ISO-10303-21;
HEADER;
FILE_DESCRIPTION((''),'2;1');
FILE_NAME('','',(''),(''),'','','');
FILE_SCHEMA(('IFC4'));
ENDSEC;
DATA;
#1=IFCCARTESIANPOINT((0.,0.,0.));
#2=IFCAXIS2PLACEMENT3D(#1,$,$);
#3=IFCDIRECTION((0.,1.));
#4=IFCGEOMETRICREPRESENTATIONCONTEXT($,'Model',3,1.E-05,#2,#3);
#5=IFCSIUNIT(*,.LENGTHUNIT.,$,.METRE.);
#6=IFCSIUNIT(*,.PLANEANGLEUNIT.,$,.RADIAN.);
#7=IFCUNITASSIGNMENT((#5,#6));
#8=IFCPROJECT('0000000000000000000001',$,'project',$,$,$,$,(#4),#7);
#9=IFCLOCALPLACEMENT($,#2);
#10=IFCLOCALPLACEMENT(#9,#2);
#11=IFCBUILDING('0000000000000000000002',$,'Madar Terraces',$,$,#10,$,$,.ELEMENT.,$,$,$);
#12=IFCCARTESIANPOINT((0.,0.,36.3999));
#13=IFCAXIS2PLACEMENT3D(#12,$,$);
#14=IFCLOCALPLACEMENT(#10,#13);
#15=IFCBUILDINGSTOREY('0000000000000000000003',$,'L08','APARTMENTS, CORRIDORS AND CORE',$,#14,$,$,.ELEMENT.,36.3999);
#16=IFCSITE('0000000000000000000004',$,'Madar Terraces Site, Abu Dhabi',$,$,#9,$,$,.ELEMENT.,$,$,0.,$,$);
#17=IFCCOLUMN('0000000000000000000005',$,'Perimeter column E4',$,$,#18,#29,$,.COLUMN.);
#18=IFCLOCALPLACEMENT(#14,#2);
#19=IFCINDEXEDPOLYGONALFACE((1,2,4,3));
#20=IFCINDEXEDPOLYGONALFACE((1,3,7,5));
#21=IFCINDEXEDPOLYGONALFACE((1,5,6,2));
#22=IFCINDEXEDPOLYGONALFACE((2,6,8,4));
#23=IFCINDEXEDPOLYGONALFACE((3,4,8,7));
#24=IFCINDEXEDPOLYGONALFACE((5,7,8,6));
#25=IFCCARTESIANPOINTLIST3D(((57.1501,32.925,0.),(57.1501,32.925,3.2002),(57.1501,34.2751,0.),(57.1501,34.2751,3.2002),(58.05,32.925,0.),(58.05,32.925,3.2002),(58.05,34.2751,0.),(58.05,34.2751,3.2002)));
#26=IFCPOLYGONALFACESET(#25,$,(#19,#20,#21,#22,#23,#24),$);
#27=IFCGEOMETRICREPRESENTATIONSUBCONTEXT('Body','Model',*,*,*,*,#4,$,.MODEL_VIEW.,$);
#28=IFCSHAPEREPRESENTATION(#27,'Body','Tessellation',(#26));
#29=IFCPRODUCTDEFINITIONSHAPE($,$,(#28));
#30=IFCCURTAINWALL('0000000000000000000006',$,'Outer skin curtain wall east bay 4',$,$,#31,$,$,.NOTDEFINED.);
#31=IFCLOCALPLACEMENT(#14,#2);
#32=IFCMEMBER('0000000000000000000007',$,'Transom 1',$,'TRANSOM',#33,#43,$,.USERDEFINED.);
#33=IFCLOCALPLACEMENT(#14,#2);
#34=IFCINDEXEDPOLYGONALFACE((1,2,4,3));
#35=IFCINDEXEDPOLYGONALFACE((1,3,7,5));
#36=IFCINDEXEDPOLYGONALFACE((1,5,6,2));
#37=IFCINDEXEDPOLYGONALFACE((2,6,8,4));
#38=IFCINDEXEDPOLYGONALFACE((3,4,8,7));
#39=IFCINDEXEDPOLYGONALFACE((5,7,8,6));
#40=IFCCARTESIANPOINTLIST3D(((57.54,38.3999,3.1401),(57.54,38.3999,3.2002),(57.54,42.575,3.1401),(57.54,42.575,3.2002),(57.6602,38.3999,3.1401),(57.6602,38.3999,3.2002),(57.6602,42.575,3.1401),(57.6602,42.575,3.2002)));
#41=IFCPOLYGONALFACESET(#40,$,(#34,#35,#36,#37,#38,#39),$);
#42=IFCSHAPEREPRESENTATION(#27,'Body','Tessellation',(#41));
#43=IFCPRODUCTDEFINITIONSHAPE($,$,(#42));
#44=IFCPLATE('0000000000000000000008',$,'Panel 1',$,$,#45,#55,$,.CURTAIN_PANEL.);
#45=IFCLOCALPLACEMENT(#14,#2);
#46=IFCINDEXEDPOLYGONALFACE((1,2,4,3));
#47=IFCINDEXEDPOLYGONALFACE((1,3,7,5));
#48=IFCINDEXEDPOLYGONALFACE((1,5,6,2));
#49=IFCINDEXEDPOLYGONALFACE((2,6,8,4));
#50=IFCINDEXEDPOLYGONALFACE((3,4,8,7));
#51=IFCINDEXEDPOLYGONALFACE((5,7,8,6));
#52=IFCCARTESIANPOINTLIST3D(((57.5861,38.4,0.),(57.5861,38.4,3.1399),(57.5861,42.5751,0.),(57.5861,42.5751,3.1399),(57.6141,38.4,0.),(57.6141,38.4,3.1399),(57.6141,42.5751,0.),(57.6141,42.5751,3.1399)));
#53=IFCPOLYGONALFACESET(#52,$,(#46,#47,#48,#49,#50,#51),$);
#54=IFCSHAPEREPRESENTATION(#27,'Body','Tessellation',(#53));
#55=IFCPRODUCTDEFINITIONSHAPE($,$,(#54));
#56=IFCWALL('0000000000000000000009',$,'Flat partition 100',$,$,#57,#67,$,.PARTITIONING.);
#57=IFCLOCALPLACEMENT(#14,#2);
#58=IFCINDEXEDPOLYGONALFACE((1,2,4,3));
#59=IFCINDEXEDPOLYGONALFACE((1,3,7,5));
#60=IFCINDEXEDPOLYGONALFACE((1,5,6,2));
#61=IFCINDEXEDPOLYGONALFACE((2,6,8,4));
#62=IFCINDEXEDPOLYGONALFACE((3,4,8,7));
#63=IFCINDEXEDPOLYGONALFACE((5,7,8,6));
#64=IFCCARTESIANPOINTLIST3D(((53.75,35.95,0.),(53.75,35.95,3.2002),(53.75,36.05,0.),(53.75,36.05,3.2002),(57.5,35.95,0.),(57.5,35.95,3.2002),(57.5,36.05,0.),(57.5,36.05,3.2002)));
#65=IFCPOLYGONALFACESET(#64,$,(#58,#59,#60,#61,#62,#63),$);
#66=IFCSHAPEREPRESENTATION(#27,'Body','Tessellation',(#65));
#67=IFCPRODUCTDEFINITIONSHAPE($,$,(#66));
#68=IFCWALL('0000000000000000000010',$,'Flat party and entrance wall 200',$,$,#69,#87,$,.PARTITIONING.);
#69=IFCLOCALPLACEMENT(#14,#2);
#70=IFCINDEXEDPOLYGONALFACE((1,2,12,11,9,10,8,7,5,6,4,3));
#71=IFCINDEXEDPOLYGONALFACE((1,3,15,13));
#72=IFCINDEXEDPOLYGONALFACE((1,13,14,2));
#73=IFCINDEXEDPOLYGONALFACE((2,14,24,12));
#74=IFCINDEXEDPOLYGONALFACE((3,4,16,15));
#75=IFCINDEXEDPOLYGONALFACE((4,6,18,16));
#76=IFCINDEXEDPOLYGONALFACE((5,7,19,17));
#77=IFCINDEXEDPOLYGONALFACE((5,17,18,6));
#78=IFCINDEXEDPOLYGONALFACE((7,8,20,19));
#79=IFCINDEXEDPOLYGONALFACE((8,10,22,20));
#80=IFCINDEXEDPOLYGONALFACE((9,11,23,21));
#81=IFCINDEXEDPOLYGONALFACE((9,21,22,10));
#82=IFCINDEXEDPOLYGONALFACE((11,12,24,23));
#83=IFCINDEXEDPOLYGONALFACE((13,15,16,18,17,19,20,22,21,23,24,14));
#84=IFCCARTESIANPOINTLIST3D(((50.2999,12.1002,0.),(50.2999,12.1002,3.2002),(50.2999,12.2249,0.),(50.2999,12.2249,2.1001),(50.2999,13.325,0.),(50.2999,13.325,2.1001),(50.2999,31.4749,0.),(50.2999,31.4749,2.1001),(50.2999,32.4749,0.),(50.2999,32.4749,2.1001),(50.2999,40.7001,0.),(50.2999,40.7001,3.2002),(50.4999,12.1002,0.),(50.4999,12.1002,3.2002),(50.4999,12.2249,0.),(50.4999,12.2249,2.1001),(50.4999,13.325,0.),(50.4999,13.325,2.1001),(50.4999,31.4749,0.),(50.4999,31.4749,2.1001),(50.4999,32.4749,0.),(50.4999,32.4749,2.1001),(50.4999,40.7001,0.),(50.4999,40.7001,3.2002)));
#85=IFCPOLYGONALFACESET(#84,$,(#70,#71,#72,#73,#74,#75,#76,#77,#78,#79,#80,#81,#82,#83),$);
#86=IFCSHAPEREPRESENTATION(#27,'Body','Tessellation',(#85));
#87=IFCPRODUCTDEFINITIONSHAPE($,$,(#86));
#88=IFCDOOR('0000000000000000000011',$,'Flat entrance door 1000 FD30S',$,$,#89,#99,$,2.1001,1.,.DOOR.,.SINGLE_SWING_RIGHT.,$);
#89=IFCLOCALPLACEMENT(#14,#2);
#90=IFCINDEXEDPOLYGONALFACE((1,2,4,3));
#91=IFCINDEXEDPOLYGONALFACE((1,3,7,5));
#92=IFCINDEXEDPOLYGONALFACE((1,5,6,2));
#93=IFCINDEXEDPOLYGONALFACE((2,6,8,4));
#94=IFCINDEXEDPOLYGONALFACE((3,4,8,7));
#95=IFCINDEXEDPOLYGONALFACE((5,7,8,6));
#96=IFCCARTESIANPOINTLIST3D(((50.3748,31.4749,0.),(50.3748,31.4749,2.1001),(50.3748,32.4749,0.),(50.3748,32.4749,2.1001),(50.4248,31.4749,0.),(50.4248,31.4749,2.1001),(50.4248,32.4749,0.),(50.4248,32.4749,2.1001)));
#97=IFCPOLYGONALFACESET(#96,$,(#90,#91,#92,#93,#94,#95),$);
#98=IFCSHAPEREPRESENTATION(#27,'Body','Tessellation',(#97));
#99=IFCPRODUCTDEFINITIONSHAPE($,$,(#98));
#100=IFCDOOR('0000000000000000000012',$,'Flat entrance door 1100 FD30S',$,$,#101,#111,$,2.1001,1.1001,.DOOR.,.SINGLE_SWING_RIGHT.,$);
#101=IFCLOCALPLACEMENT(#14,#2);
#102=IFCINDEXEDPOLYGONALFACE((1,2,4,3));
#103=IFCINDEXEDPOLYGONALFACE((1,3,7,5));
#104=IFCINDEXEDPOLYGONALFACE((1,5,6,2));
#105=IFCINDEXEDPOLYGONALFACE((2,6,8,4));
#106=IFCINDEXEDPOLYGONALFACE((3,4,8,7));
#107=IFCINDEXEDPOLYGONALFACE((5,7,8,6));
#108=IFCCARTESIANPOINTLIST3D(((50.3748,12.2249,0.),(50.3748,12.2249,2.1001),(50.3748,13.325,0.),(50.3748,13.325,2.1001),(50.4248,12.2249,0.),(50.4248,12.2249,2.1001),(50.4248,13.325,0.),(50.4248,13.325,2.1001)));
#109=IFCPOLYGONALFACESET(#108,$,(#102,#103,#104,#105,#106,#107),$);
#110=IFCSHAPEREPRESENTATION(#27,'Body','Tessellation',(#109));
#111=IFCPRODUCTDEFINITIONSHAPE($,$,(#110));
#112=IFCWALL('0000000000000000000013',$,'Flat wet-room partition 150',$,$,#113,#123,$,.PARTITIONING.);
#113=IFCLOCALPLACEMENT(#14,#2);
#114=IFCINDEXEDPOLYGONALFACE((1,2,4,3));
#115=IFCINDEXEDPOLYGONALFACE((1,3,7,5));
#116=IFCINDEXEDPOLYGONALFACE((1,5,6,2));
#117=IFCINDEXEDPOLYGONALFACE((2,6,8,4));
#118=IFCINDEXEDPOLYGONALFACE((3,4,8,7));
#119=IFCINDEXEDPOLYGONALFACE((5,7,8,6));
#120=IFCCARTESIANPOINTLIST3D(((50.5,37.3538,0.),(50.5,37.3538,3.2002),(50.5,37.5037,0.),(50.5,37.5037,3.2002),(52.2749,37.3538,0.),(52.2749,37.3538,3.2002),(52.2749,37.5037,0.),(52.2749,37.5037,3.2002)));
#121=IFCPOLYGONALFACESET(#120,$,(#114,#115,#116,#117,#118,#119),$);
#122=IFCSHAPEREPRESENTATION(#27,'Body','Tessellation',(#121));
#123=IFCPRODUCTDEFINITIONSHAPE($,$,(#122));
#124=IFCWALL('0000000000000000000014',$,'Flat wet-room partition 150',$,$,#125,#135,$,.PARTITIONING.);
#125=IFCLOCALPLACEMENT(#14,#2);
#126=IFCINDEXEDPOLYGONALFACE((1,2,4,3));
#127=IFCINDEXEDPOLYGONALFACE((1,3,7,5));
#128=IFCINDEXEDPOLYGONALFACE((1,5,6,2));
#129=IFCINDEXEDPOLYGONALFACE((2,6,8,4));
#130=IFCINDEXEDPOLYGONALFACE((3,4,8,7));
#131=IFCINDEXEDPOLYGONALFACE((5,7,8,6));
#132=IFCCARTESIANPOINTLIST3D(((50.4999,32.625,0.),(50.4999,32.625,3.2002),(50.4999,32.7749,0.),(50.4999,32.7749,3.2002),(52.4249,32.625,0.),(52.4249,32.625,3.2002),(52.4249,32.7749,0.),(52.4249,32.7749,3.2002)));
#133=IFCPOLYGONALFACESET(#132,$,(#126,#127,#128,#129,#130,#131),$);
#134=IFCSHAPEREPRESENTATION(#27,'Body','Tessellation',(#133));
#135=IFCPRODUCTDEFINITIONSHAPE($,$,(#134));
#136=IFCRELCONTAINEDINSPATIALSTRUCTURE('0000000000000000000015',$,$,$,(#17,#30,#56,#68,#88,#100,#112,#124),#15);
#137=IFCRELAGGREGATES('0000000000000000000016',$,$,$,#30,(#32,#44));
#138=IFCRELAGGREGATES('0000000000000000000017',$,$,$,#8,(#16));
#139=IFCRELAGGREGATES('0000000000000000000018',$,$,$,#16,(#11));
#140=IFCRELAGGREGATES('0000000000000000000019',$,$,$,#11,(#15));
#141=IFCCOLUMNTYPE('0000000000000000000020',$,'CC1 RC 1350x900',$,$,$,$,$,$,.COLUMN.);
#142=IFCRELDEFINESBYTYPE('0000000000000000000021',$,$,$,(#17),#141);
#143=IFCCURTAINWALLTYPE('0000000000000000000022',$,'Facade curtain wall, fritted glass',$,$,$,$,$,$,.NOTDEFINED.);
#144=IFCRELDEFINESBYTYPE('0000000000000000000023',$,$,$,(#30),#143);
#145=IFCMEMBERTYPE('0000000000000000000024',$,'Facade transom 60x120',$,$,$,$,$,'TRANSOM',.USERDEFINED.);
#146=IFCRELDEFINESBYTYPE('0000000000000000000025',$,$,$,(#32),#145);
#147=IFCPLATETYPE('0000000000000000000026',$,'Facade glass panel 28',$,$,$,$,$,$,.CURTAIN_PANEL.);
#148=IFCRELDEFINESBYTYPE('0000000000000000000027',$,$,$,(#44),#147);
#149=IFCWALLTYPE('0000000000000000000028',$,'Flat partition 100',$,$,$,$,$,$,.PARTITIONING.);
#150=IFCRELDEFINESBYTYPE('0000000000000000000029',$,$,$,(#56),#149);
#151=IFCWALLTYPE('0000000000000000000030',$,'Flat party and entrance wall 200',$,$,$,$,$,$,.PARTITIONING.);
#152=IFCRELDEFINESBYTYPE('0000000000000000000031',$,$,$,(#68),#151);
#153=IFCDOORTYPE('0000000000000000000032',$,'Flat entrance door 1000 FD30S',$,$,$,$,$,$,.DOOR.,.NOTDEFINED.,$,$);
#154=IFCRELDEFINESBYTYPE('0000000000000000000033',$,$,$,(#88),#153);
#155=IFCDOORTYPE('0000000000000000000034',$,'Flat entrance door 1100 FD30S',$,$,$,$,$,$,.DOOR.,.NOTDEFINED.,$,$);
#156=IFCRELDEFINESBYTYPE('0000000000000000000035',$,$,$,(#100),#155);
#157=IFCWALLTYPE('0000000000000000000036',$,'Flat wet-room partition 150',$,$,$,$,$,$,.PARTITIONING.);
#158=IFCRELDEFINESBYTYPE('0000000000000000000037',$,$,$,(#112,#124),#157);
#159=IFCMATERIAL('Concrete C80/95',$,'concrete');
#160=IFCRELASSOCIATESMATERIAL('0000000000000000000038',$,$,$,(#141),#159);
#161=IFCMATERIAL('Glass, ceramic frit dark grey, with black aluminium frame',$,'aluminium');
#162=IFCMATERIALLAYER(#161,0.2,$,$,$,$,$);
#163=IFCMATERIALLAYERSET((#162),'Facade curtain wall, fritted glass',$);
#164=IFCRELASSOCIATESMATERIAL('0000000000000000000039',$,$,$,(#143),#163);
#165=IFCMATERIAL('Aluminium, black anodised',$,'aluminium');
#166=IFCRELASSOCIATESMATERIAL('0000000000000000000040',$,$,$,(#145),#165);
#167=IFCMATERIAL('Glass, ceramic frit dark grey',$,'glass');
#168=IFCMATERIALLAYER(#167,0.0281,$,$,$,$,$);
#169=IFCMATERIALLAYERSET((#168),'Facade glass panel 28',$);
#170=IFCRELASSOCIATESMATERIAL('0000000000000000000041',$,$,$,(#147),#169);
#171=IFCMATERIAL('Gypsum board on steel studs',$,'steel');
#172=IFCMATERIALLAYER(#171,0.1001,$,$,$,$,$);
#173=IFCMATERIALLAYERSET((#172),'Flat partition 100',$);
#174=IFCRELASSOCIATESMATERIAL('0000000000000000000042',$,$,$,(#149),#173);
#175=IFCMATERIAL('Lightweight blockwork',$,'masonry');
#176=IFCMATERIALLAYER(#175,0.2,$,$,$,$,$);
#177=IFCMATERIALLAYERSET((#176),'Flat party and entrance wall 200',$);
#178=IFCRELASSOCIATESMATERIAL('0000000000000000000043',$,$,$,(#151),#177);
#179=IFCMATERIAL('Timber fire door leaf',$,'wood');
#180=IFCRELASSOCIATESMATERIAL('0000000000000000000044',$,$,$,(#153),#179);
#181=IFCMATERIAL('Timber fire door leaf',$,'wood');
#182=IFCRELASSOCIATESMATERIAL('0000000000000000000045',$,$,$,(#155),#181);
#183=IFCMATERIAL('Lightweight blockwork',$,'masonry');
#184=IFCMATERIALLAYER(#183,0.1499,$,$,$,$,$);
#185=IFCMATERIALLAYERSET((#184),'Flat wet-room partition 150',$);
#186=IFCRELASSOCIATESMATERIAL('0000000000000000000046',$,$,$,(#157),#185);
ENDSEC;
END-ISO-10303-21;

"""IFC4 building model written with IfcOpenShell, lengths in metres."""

from ifc_helpers import new_model, si_unit, direction, frame, frame_2d, origin, origin_2d, place, context, subcontext, project, spatial, rectangle, extrude, material, layer, layer_set, material_profile, profile_set, type_object, element, fill, aggregate, save


model = new_model("IFC4")

# Units and contexts
model_context = context("Model", 3, precision=1e-05, world=origin(), true_north=direction((0.0, 1.0)))
body_context = subcontext(model_context, "Body", "Model", "MODEL_VIEW")
ifc_project = project(units=[si_unit("LENGTHUNIT", "METRE"), si_unit("PLANEANGLEUNIT", "RADIAN")], contexts=[model_context])

# Site, building, storey
site_placement = place(None, origin())
site = spatial("IfcSite", under=ifc_project, at=site_placement, Name="Madar Terraces Site, Abu Dhabi", CompositionType="ELEMENT", RefElevation=0.0)
building_placement = place(site_placement, origin())
building = spatial("IfcBuilding", under=site, at=building_placement, Name="Madar Terraces", CompositionType="ELEMENT")
storey_placement = place(building_placement, frame((0.0, 0.0, 36.3999)))
storey = spatial("IfcBuildingStorey", under=building, at=storey_placement, Name="L08", Description="APARTMENTS, CORRIDORS AND CORE", CompositionType="ELEMENT", Elevation=36.3999)

# Column
ifc_material_1 = material(Name="Concrete C80/95", Category="concrete")
ifc_material_profile_1 = material_profile(ifc_material_1, rectangle(XDim=1.3501, YDim=0.8999, at=origin_2d()), Name="CC1 RC 1350x900")
ifc_profile_set_1 = profile_set([ifc_material_profile_1], Name="Concrete C80/95")
column_type = type_object("IfcColumnType", Name="CC1 RC 1350x900", PredefinedType="COLUMN", material=ifc_profile_set_1)
column_placement = place(storey_placement, frame((57.6001, 33.6001, 0.0), z_axis=(0.0, 0.0, 1.0), x_axis=(0.0, 1.0, 0.0)))
element("IfcColumn", 1, at=column_placement, inside=storey, type_object=column_type, Name="Perimeter column E4", PredefinedType="COLUMN", context=body_context, shape_type="SweptSolid", body=[
    extrude(rectangle(XDim=1.3501, YDim=0.8999, at=origin_2d()), origin(), (0.0, 0.0, 1.0), 3.2002),
])

# Curtain wall, member, plate
ifc_material_2 = material(Name="Glass, ceramic frit dark grey, with black aluminium frame", Category="aluminium")
ifc_layer_1 = layer(ifc_material_2, 0.2)
ifc_layer_set_1 = layer_set([ifc_layer_1], Name="Facade curtain wall, fritted glass")
curtain_wall_type = type_object("IfcCurtainWallType", Name="Facade curtain wall, fritted glass", PredefinedType="NOTDEFINED", material=ifc_layer_set_1)
curtain_wall_placement = place(storey_placement, origin())
curtain_wall = element("IfcCurtainWall", 2, at=curtain_wall_placement, inside=storey, type_object=curtain_wall_type, Name="Outer skin curtain wall east bay 4", PredefinedType="NOTDEFINED")
ifc_material_3 = material(Name="Aluminium, black anodised", Category="aluminium")
ifc_material_profile_2 = material_profile(ifc_material_3, rectangle(XDim=0.1201, YDim=0.0601, at=origin_2d()), Name="Facade transom 60x120")
ifc_profile_set_2 = profile_set([ifc_material_profile_2], Name="Aluminium, black anodised")
member_type = type_object("IfcMemberType", Name="Facade transom 60x120", ElementType="TRANSOM", PredefinedType="USERDEFINED", material=ifc_profile_set_2)
member_placement = place(storey_placement, frame((57.6001, 38.3999, 3.1702), z_axis=(0.0, 1.0, 0.0), x_axis=(-1.0, 0.0, 0.0)))
member = element("IfcMember", 3, at=member_placement, type_object=member_type, Name="Transom 1", ObjectType="TRANSOM", PredefinedType="USERDEFINED", context=body_context, shape_type="SweptSolid", body=[
    extrude(rectangle(XDim=0.1201, YDim=0.0601, at=origin_2d()), origin(), (0.0, 0.0, 1.0), 4.175),
])
ifc_material_4 = material(Name="Glass, ceramic frit dark grey", Category="glass")
ifc_layer_2 = layer(ifc_material_4, 0.0281)
ifc_layer_set_2 = layer_set([ifc_layer_2], Name="Facade glass panel 28")
plate_type = type_object("IfcPlateType", Name="Facade glass panel 28", PredefinedType="CURTAIN_PANEL", material=ifc_layer_set_2)
plate_placement = place(storey_placement, frame((57.6001, 40.4875, 0.0), z_axis=(0.0, 0.0, 1.0), x_axis=(0.0, 1.0, 0.0)))
plate = element("IfcPlate", 4, at=plate_placement, type_object=plate_type, Name="Panel 1", PredefinedType="CURTAIN_PANEL", context=body_context, shape_type="SweptSolid", body=[
    extrude(rectangle(XDim=4.175, YDim=0.0281, at=origin_2d()), origin(), (0.0, 0.0, 1.0), 3.1399),
])
aggregate(curtain_wall, [member, plate])

# Wall
ifc_material_5 = material(Name="Gypsum board on steel studs", Category="steel")
ifc_layer_3 = layer(ifc_material_5, 0.1001)
ifc_layer_set_3 = layer_set([ifc_layer_3], Name="Flat partition 100")
wall_type_1 = type_object("IfcWallType", Name="Flat partition 100", PredefinedType="PARTITIONING", material=ifc_layer_set_3)
wall_1_placement = place(storey_placement, frame((53.75, 36.0, 0.0), z_axis=(0.0, 0.0, 1.0), x_axis=(1.0, 0.0, 0.0)))
element("IfcWall", 5, at=wall_1_placement, inside=storey, type_object=wall_type_1, Name="Flat partition 100", PredefinedType="PARTITIONING", context=body_context, shape_type="SweptSolid", body=[
    extrude(rectangle(XDim=3.75, YDim=0.1001, at=frame_2d((1.875, 0.0))), origin(), (0.0, 0.0, 1.0), 3.2002),
])

# Wall, openings, doors
ifc_material_6 = material(Name="Lightweight blockwork", Category="masonry")
ifc_layer_4 = layer(ifc_material_6, 0.2)
ifc_layer_set_4 = layer_set([ifc_layer_4], Name="Flat party and entrance wall 200")
wall_type_2 = type_object("IfcWallType", Name="Flat party and entrance wall 200", PredefinedType="PARTITIONING", material=ifc_layer_set_4)
wall_2_placement = place(storey_placement, frame((50.3999, 40.7, 0.0), z_axis=(0.0, 0.0, 1.0), x_axis=(0.0, -1.0, 0.0)))
wall_2 = element("IfcWall", 6, at=wall_2_placement, inside=storey, type_object=wall_type_2, Name="Flat party and entrance wall 200", PredefinedType="PARTITIONING", context=body_context, shape_type="SweptSolid", body=[
    extrude(rectangle(XDim=28.5999, YDim=0.2, at=frame_2d((14.2998, 0.0))), origin(), (0.0, 0.0, 1.0), 3.2002),
])
opening_1_placement = place(wall_2_placement, frame((27.375, 0.0, 0.0)))
opening_1 = element("IfcOpeningElement", 7, at=opening_1_placement, cuts=wall_2, PredefinedType="OPENING", context=body_context, shape_type="SweptSolid", body=[
    extrude(rectangle(XDim=1.1001, YDim=2.1001, at=frame_2d((0.55, 1.05))), frame((0.0, 0.1099, 0.0), z_axis=(0.0, -1.0, 0.0), x_axis=(1.0, 0.0, 0.0)), (0.0, 0.0, 1.0), 0.22),
])
opening_2_placement = place(wall_2_placement, frame((8.2251, 0.0, 0.0)))
opening_2 = element("IfcOpeningElement", 8, at=opening_2_placement, cuts=wall_2, PredefinedType="OPENING", context=body_context, shape_type="SweptSolid", body=[
    extrude(rectangle(XDim=1.0, YDim=2.1001, at=frame_2d((0.5, 1.05))), frame((0.0, 0.1099, 0.0), z_axis=(0.0, -1.0, 0.0), x_axis=(1.0, 0.0, 0.0)), (0.0, 0.0, 1.0), 0.22),
])
ifc_material_7 = material(Name="Timber fire door leaf", Category="wood")
door_type_1 = type_object("IfcDoorType", Name="Flat entrance door 1000 FD30S", OperationType="NOTDEFINED", PredefinedType="DOOR", material=ifc_material_7)
door_1_placement = place(opening_2_placement, origin())
door_1 = element("IfcDoor", 9, at=door_1_placement, inside=storey, type_object=door_type_1, Name="Flat entrance door 1000 FD30S", OperationType="SINGLE_SWING_RIGHT", OverallHeight=2.1001, OverallWidth=1.0, PredefinedType="DOOR", context=body_context, shape_type="SweptSolid", body=[
    extrude(rectangle(XDim=1.0, YDim=2.1001, at=frame_2d((0.5, 1.05))), frame((0.0, 0.0249, 0.0), z_axis=(0.0, -1.0, 0.0), x_axis=(1.0, 0.0, 0.0)), (0.0, 0.0, 1.0), 0.05),
])
fill(opening_2, door_1)
ifc_material_8 = material(Name="Timber fire door leaf", Category="wood")
door_type_2 = type_object("IfcDoorType", Name="Flat entrance door 1100 FD30S", OperationType="NOTDEFINED", PredefinedType="DOOR", material=ifc_material_8)
door_2_placement = place(opening_1_placement, origin())
door_2 = element("IfcDoor", 10, at=door_2_placement, inside=storey, type_object=door_type_2, Name="Flat entrance door 1100 FD30S", OperationType="SINGLE_SWING_RIGHT", OverallHeight=2.1001, OverallWidth=1.1001, PredefinedType="DOOR", context=body_context, shape_type="SweptSolid", body=[
    extrude(rectangle(XDim=1.1001, YDim=2.1001, at=frame_2d((0.55, 1.05))), frame((0.0, 0.0249, 0.0), z_axis=(0.0, -1.0, 0.0), x_axis=(1.0, 0.0, 0.0)), (0.0, 0.0, 1.0), 0.05),
])
fill(opening_1, door_2)

# Walls
ifc_material_9 = material(Name="Lightweight blockwork", Category="masonry")
ifc_layer_5 = layer(ifc_material_9, 0.1499)
ifc_layer_set_5 = layer_set([ifc_layer_5], Name="Flat wet-room partition 150")
wall_type_3 = type_object("IfcWallType", Name="Flat wet-room partition 150", PredefinedType="PARTITIONING", material=ifc_layer_set_5)
wall_3_placement = place(storey_placement, frame((50.5, 37.4287, 0.0), z_axis=(0.0, 0.0, 1.0), x_axis=(1.0, 0.0, 0.0)))
element("IfcWall", 11, at=wall_3_placement, inside=storey, type_object=wall_type_3, Name="Flat wet-room partition 150", PredefinedType="PARTITIONING", context=body_context, shape_type="SweptSolid", body=[
    extrude(rectangle(XDim=1.7749, YDim=0.1499, at=frame_2d((0.8875, 0.0))), origin(), (0.0, 0.0, 1.0), 3.2002),
])
wall_4_placement = place(storey_placement, frame((50.5, 32.7, 0.0), z_axis=(0.0, 0.0, 1.0), x_axis=(1.0, 0.0, 0.0)))
element("IfcWall", 12, at=wall_4_placement, inside=storey, type_object=wall_type_3, Name="Flat wet-room partition 150", PredefinedType="PARTITIONING", context=body_context, shape_type="SweptSolid", body=[
    extrude(rectangle(XDim=1.925, YDim=0.1499, at=frame_2d((0.9624, 0.0))), origin(), (0.0, 0.0, 1.0), 3.2002),
])

save(model, "model.ifc")
